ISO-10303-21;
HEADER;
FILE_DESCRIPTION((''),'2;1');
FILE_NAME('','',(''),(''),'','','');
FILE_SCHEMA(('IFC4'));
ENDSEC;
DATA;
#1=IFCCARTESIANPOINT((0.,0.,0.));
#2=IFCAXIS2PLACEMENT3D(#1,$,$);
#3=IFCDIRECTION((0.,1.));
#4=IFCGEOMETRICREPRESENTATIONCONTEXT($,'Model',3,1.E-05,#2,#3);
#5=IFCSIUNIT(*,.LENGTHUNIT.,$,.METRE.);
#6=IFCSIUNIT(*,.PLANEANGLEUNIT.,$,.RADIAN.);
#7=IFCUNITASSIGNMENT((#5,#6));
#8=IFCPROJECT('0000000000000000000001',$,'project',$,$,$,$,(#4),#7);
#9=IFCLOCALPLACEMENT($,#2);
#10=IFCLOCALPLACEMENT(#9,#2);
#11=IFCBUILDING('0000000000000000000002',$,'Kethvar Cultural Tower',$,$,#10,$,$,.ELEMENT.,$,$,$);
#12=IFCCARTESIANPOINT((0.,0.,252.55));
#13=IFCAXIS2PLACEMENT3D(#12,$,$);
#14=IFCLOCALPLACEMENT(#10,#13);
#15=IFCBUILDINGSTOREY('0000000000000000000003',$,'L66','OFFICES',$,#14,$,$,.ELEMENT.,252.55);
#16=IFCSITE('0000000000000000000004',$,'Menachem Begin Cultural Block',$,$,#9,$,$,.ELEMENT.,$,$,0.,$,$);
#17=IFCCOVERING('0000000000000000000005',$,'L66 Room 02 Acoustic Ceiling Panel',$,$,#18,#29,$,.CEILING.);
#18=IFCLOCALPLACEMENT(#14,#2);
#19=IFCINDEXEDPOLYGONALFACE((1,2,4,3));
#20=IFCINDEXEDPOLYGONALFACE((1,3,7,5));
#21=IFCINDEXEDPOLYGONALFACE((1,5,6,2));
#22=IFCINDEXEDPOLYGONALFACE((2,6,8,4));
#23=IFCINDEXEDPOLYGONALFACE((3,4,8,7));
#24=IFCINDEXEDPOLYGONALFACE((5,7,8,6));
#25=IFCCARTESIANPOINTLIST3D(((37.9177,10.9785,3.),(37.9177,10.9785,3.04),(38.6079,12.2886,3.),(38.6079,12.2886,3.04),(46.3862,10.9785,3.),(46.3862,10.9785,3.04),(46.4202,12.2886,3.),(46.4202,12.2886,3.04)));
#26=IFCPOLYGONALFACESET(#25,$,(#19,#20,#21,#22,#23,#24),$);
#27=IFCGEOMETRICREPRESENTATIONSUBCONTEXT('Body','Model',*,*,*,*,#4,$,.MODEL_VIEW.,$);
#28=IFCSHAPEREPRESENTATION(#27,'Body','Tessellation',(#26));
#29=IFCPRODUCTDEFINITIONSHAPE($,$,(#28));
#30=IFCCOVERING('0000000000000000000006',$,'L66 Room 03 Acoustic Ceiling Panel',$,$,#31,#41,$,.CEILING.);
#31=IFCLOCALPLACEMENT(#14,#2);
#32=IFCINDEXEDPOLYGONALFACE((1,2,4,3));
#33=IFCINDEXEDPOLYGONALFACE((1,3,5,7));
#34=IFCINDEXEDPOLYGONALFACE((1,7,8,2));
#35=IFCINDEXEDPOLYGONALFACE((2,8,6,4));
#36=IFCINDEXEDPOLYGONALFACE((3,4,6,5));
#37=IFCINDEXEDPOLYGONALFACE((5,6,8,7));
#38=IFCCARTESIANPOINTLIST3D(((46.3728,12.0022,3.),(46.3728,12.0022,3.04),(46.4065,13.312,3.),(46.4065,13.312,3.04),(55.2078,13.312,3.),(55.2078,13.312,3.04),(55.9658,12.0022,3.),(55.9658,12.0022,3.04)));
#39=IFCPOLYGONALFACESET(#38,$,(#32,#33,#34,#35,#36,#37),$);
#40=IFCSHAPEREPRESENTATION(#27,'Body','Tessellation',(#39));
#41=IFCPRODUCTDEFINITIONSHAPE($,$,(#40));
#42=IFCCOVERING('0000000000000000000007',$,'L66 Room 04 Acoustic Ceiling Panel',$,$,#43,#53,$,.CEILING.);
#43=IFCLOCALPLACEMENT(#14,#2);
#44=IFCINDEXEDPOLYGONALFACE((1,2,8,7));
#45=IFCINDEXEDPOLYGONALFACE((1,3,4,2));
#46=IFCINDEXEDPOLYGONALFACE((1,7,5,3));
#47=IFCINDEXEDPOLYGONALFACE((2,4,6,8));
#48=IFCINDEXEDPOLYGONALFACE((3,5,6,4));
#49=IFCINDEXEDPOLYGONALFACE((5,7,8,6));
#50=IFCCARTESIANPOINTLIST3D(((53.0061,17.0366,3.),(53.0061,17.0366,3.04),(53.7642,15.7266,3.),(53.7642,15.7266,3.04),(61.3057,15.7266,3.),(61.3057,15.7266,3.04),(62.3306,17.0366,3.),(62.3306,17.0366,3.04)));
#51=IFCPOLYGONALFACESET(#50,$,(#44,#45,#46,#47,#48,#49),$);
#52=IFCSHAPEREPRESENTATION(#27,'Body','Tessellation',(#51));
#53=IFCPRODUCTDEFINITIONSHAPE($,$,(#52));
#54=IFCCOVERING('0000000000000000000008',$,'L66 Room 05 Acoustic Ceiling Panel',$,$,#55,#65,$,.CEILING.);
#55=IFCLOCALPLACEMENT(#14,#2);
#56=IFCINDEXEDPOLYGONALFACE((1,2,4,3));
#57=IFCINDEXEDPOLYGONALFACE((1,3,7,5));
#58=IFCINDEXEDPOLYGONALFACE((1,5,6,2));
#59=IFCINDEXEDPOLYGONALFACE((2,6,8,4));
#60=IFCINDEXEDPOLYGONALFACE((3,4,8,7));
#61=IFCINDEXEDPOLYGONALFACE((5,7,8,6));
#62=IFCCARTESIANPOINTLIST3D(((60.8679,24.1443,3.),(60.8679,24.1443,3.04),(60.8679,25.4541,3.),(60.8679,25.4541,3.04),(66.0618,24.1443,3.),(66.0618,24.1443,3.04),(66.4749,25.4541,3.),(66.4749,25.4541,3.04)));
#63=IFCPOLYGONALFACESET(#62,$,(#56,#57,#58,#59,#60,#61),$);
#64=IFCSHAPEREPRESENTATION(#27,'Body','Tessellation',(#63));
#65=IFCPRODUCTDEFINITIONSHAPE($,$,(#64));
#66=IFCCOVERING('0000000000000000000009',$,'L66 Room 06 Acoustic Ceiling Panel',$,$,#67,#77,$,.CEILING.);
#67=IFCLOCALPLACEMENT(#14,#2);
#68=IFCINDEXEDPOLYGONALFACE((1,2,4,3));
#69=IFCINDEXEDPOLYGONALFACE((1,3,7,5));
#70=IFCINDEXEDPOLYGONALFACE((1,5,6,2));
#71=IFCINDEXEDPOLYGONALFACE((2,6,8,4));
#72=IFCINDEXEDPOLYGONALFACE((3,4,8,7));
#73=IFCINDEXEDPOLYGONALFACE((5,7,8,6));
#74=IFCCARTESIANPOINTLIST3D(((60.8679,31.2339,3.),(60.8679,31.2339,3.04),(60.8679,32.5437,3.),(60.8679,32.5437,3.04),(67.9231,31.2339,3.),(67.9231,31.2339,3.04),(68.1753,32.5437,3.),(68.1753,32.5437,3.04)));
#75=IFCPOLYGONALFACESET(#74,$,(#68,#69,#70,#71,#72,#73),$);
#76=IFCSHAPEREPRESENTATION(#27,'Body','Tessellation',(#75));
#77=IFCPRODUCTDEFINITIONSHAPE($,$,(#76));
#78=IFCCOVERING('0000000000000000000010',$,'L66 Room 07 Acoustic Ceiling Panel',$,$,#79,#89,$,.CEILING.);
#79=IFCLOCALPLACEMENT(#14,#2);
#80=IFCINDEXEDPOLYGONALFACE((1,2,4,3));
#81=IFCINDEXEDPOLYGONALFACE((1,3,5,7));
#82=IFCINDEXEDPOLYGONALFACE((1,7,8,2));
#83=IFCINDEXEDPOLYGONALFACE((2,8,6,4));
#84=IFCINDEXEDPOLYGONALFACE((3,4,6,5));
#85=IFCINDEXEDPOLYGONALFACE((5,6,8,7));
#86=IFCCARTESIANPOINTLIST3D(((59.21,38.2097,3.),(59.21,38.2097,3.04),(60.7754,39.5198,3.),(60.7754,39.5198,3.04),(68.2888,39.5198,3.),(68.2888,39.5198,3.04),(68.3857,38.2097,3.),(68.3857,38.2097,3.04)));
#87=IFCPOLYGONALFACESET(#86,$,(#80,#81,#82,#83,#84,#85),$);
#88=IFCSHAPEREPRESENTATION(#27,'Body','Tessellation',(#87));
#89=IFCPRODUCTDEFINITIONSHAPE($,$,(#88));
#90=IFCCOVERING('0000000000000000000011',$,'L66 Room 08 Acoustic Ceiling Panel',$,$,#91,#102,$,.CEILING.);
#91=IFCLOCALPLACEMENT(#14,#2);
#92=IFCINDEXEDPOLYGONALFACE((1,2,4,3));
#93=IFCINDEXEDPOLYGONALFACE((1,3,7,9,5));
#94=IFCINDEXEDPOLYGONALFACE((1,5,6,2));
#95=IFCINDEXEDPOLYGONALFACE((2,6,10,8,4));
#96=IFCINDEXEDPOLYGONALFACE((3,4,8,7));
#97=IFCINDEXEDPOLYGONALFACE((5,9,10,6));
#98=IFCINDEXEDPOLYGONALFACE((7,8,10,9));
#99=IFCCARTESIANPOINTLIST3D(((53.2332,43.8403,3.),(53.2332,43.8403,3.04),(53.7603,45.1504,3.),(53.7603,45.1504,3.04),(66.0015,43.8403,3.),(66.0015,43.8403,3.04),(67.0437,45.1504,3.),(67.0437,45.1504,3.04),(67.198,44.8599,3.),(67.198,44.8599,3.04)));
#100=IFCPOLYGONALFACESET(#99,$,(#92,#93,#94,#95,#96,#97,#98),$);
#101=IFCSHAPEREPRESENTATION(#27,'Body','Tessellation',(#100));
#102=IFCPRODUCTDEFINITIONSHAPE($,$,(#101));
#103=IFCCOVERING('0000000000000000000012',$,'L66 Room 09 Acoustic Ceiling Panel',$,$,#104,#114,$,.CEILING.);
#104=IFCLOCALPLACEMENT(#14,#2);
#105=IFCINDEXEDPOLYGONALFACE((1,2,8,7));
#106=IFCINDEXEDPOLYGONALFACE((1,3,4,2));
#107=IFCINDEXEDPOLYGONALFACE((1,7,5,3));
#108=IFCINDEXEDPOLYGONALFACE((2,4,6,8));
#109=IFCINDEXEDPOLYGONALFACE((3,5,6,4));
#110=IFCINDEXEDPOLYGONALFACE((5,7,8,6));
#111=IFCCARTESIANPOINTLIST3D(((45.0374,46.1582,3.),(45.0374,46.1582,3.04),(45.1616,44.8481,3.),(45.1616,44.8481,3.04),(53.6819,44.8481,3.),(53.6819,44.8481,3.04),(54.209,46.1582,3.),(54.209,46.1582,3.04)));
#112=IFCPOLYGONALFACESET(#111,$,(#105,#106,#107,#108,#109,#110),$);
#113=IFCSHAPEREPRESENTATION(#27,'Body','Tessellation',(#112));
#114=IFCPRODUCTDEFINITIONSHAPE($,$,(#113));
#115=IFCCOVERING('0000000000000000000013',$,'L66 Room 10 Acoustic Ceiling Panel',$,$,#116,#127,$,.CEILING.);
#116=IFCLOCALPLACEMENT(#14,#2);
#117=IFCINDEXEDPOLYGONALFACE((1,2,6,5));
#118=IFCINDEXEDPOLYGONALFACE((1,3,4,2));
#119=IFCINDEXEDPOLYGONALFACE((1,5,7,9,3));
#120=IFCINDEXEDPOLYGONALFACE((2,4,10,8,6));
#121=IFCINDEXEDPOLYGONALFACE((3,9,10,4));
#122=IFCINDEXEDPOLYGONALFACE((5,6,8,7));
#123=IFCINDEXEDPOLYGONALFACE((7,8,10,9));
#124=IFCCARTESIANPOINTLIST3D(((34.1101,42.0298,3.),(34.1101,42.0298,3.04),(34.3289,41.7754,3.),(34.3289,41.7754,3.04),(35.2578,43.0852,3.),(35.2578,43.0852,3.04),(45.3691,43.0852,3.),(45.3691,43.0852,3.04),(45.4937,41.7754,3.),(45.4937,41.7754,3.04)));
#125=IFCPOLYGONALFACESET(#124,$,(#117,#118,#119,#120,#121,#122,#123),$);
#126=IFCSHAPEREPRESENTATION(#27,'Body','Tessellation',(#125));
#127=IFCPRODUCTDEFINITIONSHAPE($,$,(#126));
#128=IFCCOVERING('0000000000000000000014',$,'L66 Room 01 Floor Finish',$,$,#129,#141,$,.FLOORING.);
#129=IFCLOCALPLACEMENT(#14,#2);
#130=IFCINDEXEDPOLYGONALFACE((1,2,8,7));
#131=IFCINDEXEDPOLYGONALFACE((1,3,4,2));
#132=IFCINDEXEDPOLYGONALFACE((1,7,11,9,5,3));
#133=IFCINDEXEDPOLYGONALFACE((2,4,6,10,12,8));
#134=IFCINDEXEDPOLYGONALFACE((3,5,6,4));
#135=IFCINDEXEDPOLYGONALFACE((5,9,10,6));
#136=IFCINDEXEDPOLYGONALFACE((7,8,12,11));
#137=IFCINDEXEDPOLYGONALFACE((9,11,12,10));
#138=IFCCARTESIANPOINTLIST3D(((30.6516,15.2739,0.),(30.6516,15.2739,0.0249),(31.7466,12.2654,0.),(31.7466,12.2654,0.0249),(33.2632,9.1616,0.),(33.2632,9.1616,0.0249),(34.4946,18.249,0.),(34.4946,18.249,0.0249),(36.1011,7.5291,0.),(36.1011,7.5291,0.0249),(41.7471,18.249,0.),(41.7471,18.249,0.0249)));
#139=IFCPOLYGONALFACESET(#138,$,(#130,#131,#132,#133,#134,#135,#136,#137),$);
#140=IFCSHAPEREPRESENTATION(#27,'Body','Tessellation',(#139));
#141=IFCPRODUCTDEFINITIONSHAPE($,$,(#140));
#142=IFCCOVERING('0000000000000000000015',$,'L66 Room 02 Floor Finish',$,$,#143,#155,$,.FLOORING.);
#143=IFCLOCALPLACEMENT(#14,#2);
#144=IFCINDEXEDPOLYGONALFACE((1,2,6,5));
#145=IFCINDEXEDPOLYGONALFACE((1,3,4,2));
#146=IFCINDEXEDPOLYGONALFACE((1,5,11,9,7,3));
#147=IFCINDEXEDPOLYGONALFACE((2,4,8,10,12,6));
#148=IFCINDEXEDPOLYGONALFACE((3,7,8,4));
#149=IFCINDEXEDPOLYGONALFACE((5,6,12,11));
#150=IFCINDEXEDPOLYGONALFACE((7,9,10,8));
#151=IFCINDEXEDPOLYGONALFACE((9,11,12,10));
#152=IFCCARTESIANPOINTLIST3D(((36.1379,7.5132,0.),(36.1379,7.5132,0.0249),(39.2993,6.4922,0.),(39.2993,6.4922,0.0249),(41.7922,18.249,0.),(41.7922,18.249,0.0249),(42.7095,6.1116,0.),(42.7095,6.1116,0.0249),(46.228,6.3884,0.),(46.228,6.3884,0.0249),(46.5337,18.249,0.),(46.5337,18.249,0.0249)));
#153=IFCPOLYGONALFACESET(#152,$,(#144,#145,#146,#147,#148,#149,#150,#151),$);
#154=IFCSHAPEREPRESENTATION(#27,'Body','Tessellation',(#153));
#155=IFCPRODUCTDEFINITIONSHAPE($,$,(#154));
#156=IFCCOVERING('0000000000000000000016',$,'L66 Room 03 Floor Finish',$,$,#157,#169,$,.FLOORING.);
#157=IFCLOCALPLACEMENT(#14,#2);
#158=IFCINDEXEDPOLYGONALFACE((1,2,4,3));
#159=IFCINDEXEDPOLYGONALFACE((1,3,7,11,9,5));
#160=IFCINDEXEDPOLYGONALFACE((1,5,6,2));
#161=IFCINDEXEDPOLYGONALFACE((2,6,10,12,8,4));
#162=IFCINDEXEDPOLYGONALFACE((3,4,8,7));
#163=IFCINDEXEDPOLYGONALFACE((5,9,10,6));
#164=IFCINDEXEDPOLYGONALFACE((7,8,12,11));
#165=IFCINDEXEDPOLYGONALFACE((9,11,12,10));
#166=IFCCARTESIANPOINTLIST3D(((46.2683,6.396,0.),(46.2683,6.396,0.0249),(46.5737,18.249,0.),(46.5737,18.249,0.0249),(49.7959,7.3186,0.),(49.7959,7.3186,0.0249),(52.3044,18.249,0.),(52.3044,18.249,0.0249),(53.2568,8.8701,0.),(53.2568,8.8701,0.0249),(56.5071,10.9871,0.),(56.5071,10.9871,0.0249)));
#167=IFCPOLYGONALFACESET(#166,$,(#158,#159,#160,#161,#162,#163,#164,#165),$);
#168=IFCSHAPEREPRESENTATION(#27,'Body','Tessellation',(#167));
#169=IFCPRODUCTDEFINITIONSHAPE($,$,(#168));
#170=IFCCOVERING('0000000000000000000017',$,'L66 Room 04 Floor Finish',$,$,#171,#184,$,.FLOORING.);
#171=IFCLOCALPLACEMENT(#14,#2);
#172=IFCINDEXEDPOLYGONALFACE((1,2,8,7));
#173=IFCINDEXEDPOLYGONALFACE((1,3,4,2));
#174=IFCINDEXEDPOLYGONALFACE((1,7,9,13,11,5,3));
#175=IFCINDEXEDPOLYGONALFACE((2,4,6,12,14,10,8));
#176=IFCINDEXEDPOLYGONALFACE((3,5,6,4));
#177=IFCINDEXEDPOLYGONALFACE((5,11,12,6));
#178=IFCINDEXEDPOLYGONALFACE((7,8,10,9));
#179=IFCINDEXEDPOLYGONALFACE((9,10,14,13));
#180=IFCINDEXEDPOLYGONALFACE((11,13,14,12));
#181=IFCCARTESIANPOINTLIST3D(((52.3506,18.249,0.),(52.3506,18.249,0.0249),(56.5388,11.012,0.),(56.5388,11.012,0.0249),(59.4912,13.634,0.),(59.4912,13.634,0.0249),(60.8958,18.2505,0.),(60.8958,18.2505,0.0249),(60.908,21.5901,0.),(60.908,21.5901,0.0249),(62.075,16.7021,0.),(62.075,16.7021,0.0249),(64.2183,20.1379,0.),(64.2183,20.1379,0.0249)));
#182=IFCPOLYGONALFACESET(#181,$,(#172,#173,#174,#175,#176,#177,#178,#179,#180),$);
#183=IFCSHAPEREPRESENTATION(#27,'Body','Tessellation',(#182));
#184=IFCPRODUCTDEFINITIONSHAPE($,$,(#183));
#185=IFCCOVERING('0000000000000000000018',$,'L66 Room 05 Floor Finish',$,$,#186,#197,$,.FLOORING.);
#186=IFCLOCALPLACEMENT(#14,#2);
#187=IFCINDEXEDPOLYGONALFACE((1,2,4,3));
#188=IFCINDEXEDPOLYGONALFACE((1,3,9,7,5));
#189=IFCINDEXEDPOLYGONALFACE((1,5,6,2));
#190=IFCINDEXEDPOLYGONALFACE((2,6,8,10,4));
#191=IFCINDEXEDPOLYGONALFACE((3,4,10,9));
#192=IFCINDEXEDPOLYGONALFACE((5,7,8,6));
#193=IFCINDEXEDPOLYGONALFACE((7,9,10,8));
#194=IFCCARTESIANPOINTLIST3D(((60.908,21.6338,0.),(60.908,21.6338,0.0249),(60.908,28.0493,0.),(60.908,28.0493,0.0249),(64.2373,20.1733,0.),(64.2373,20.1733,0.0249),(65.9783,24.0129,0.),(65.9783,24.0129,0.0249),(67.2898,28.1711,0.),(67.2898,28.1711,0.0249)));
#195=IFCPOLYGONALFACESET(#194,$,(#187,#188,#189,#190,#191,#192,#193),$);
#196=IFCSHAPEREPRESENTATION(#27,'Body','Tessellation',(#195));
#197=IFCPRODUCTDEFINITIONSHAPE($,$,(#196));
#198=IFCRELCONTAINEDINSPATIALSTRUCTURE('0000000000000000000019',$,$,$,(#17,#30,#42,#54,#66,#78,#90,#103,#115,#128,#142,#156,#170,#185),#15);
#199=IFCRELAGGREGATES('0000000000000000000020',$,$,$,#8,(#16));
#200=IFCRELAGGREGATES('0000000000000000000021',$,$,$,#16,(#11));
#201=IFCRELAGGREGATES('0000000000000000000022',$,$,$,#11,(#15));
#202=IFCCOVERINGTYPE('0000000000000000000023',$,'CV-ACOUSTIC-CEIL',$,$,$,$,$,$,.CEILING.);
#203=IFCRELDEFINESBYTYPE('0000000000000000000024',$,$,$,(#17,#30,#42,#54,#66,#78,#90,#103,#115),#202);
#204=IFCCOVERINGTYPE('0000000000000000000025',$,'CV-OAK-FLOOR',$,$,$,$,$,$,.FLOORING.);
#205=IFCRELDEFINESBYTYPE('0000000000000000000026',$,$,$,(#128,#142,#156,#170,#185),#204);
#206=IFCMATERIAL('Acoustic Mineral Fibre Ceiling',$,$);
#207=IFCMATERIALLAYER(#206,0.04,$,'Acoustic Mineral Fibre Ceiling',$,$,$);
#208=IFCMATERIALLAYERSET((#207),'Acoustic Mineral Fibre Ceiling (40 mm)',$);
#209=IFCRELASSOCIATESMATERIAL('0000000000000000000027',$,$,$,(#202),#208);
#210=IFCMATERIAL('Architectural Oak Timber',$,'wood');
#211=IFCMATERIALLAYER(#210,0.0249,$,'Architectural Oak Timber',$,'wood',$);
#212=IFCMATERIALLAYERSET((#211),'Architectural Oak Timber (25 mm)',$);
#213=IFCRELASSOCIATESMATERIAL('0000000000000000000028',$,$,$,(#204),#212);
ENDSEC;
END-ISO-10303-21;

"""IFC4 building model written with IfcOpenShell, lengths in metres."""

from ifc_helpers import new_model, si_unit, direction, frame, origin, place, context, subcontext, project, spatial, polyline, outline, extrude, material, layer, layer_set, type_object, element, save


model = new_model("IFC4")

# Units and contexts
model_context = context("Model", 3, precision=1e-05, world=origin(), true_north=direction((0.0, 1.0)))
body_context = subcontext(model_context, "Body", "Model", "MODEL_VIEW")
ifc_project = project(units=[si_unit("LENGTHUNIT", "METRE"), si_unit("PLANEANGLEUNIT", "RADIAN")], contexts=[model_context])

# Site, building, storey
site_placement = place(None, origin())
site = spatial("IfcSite", under=ifc_project, at=site_placement, Name="Menachem Begin Cultural Block", CompositionType="ELEMENT", RefElevation=0.0)
building_placement = place(site_placement, origin())
building = spatial("IfcBuilding", under=site, at=building_placement, Name="Kethvar Cultural Tower", CompositionType="ELEMENT")
storey_placement = place(building_placement, frame((0.0, 0.0, 252.55)))
storey = spatial("IfcBuildingStorey", under=building, at=storey_placement, Name="L66", Description="OFFICES", CompositionType="ELEMENT", Elevation=252.55)

# Coverings
ifc_material_1 = material(Name="Acoustic Mineral Fibre Ceiling")
ifc_layer_1 = layer(ifc_material_1, 0.04, Name="Acoustic Mineral Fibre Ceiling")
ifc_layer_set_1 = layer_set([ifc_layer_1], Name="Acoustic Mineral Fibre Ceiling (40 mm)")
covering_type_1 = type_object("IfcCoveringType", Name="CV-ACOUSTIC-CEIL", PredefinedType="CEILING", material=ifc_layer_set_1)
covering_1_placement = place(storey_placement, frame((0.0, 0.0, 3.0)))
element("IfcCovering", 1, at=covering_1_placement, inside=storey, type_object=covering_type_1, Name="L66 Room 02 Acoustic Ceiling Panel", PredefinedType="CEILING", context=body_context, shape_type="SweptSolid", body=[
    extrude(outline(polyline([(38.6079, 12.2886), (46.4202, 12.2886), (46.3862, 10.9785), (37.9177, 10.9785), (38.6079, 12.2886)])), origin(), (0.0, 0.0, 1.0), 0.04),
])
covering_2_placement = place(storey_placement, frame((0.0, 0.0, 3.0)))
element("IfcCovering", 2, at=covering_2_placement, inside=storey, type_object=covering_type_1, Name="L66 Room 03 Acoustic Ceiling Panel", PredefinedType="CEILING", context=body_context, shape_type="SweptSolid", body=[
    extrude(outline(polyline([(46.4065, 13.312), (55.2078, 13.312), (55.9658, 12.0022), (46.3728, 12.0022), (46.4065, 13.312)])), origin(), (0.0, 0.0, 1.0), 0.04),
])
covering_3_placement = place(storey_placement, frame((0.0, 0.0, 3.0)))
element("IfcCovering", 3, at=covering_3_placement, inside=storey, type_object=covering_type_1, Name="L66 Room 04 Acoustic Ceiling Panel", PredefinedType="CEILING", context=body_context, shape_type="SweptSolid", body=[
    extrude(outline(polyline([(62.3306, 17.0366), (61.3057, 15.7266), (53.7642, 15.7266), (53.0061, 17.0366), (62.3306, 17.0366)])), origin(), (0.0, 0.0, 1.0), 0.04),
])
covering_4_placement = place(storey_placement, frame((0.0, 0.0, 3.0)))
element("IfcCovering", 4, at=covering_4_placement, inside=storey, type_object=covering_type_1, Name="L66 Room 05 Acoustic Ceiling Panel", PredefinedType="CEILING", context=body_context, shape_type="SweptSolid", body=[
    extrude(outline(polyline([(60.8679, 25.4541), (66.4749, 25.4541), (66.0618, 24.1443), (60.8679, 24.1443), (60.8679, 25.4541)])), origin(), (0.0, 0.0, 1.0), 0.04),
])
covering_5_placement = place(storey_placement, frame((0.0, 0.0, 3.0)))
element("IfcCovering", 5, at=covering_5_placement, inside=storey, type_object=covering_type_1, Name="L66 Room 06 Acoustic Ceiling Panel", PredefinedType="CEILING", context=body_context, shape_type="SweptSolid", body=[
    extrude(outline(polyline([(67.9231, 31.2339), (60.8679, 31.2339), (60.8679, 32.5437), (68.1753, 32.5437), (67.9231, 31.2339)])), origin(), (0.0, 0.0, 1.0), 0.04),
])
covering_6_placement = place(storey_placement, frame((0.0, 0.0, 3.0)))
element("IfcCovering", 6, at=covering_6_placement, inside=storey, type_object=covering_type_1, Name="L66 Room 07 Acoustic Ceiling Panel", PredefinedType="CEILING", context=body_context, shape_type="SweptSolid", body=[
    extrude(outline(polyline([(68.3857, 38.2097), (59.21, 38.2097), (60.7754, 39.5198), (68.2888, 39.5198), (68.3857, 38.2097)])), origin(), (0.0, 0.0, 1.0), 0.04),
])
covering_7_placement = place(storey_placement, frame((0.0, 0.0, 3.0)))
element("IfcCovering", 7, at=covering_7_placement, inside=storey, type_object=covering_type_1, Name="L66 Room 08 Acoustic Ceiling Panel", PredefinedType="CEILING", context=body_context, shape_type="SweptSolid", body=[
    extrude(outline(polyline([(67.198, 44.8599), (66.0015, 43.8403), (53.2332, 43.8403), (53.7603, 45.1504), (67.0437, 45.1504), (67.198, 44.8599)])), origin(), (0.0, 0.0, 1.0), 0.04),
])
covering_8_placement = place(storey_placement, frame((0.0, 0.0, 3.0)))
element("IfcCovering", 8, at=covering_8_placement, inside=storey, type_object=covering_type_1, Name="L66 Room 09 Acoustic Ceiling Panel", PredefinedType="CEILING", context=body_context, shape_type="SweptSolid", body=[
    extrude(outline(polyline([(53.6819, 44.8481), (45.1616, 44.8481), (45.0374, 46.1582), (54.209, 46.1582), (53.6819, 44.8481)])), origin(), (0.0, 0.0, 1.0), 0.04),
])
covering_9_placement = place(storey_placement, frame((0.0, 0.0, 3.0)))
element("IfcCovering", 9, at=covering_9_placement, inside=storey, type_object=covering_type_1, Name="L66 Room 10 Acoustic Ceiling Panel", PredefinedType="CEILING", context=body_context, shape_type="SweptSolid", body=[
    extrude(outline(polyline([(45.4937, 41.7754), (34.3289, 41.7754), (34.1101, 42.0298), (35.2578, 43.0852), (45.3691, 43.0852), (45.4937, 41.7754)])), origin(), (0.0, 0.0, 1.0), 0.04),
])
ifc_material_2 = material(Name="Architectural Oak Timber", Category="wood")
ifc_layer_2 = layer(ifc_material_2, 0.0249, Name="Architectural Oak Timber", Category="wood")
ifc_layer_set_2 = layer_set([ifc_layer_2], Name="Architectural Oak Timber (25 mm)")
covering_type_2 = type_object("IfcCoveringType", Name="CV-OAK-FLOOR", PredefinedType="FLOORING", material=ifc_layer_set_2)
covering_10_placement = place(storey_placement, origin())
element("IfcCovering", 10, at=covering_10_placement, inside=storey, type_object=covering_type_2, Name="L66 Room 01 Floor Finish", PredefinedType="FLOORING", context=body_context, shape_type="SweptSolid", body=[
    extrude(outline(polyline([(33.2632, 9.1616), (31.7466, 12.2654), (30.6516, 15.2739), (34.4946, 18.249), (41.7471, 18.249), (36.1011, 7.5291), (33.2632, 9.1616)])), origin(), (0.0, 0.0, 1.0), 0.0249),
])
covering_11_placement = place(storey_placement, origin())
element("IfcCovering", 11, at=covering_11_placement, inside=storey, type_object=covering_type_2, Name="L66 Room 02 Floor Finish", PredefinedType="FLOORING", context=body_context, shape_type="SweptSolid", body=[
    extrude(outline(polyline([(42.7095, 6.1116), (39.2993, 6.4922), (36.1379, 7.5132), (41.7922, 18.249), (46.5337, 18.249), (46.228, 6.3884), (42.7095, 6.1116)])), origin(), (0.0, 0.0, 1.0), 0.0249),
])
covering_12_placement = place(storey_placement, origin())
element("IfcCovering", 12, at=covering_12_placement, inside=storey, type_object=covering_type_2, Name="L66 Room 03 Floor Finish", PredefinedType="FLOORING", context=body_context, shape_type="SweptSolid", body=[
    extrude(outline(polyline([(56.5071, 10.9871), (53.2568, 8.8701), (49.7959, 7.3186), (46.2683, 6.396), (46.5737, 18.249), (52.3044, 18.249), (56.5071, 10.9871)])), origin(), (0.0, 0.0, 1.0), 0.0249),
])
covering_13_placement = place(storey_placement, origin())
element("IfcCovering", 13, at=covering_13_placement, inside=storey, type_object=covering_type_2, Name="L66 Room 04 Floor Finish", PredefinedType="FLOORING", context=body_context, shape_type="SweptSolid", body=[
    extrude(outline(polyline([(62.075, 16.7021), (59.4912, 13.634), (56.5388, 11.012), (52.3506, 18.249), (60.8958, 18.2505), (60.908, 21.5901), (64.2183, 20.1379), (62.075, 16.7021)])), origin(), (0.0, 0.0, 1.0), 0.0249),
])
covering_14_placement = place(storey_placement, origin())
element("IfcCovering", 14, at=covering_14_placement, inside=storey, type_object=covering_type_2, Name="L66 Room 05 Floor Finish", PredefinedType="FLOORING", context=body_context, shape_type="SweptSolid", body=[
    extrude(outline(polyline([(65.9783, 24.0129), (64.2373, 20.1733), (60.908, 21.6338), (60.908, 28.0493), (67.2898, 28.1711), (65.9783, 24.0129)])), origin(), (0.0, 0.0, 1.0), 0.0249),
])

save(model, "model.ifc")
